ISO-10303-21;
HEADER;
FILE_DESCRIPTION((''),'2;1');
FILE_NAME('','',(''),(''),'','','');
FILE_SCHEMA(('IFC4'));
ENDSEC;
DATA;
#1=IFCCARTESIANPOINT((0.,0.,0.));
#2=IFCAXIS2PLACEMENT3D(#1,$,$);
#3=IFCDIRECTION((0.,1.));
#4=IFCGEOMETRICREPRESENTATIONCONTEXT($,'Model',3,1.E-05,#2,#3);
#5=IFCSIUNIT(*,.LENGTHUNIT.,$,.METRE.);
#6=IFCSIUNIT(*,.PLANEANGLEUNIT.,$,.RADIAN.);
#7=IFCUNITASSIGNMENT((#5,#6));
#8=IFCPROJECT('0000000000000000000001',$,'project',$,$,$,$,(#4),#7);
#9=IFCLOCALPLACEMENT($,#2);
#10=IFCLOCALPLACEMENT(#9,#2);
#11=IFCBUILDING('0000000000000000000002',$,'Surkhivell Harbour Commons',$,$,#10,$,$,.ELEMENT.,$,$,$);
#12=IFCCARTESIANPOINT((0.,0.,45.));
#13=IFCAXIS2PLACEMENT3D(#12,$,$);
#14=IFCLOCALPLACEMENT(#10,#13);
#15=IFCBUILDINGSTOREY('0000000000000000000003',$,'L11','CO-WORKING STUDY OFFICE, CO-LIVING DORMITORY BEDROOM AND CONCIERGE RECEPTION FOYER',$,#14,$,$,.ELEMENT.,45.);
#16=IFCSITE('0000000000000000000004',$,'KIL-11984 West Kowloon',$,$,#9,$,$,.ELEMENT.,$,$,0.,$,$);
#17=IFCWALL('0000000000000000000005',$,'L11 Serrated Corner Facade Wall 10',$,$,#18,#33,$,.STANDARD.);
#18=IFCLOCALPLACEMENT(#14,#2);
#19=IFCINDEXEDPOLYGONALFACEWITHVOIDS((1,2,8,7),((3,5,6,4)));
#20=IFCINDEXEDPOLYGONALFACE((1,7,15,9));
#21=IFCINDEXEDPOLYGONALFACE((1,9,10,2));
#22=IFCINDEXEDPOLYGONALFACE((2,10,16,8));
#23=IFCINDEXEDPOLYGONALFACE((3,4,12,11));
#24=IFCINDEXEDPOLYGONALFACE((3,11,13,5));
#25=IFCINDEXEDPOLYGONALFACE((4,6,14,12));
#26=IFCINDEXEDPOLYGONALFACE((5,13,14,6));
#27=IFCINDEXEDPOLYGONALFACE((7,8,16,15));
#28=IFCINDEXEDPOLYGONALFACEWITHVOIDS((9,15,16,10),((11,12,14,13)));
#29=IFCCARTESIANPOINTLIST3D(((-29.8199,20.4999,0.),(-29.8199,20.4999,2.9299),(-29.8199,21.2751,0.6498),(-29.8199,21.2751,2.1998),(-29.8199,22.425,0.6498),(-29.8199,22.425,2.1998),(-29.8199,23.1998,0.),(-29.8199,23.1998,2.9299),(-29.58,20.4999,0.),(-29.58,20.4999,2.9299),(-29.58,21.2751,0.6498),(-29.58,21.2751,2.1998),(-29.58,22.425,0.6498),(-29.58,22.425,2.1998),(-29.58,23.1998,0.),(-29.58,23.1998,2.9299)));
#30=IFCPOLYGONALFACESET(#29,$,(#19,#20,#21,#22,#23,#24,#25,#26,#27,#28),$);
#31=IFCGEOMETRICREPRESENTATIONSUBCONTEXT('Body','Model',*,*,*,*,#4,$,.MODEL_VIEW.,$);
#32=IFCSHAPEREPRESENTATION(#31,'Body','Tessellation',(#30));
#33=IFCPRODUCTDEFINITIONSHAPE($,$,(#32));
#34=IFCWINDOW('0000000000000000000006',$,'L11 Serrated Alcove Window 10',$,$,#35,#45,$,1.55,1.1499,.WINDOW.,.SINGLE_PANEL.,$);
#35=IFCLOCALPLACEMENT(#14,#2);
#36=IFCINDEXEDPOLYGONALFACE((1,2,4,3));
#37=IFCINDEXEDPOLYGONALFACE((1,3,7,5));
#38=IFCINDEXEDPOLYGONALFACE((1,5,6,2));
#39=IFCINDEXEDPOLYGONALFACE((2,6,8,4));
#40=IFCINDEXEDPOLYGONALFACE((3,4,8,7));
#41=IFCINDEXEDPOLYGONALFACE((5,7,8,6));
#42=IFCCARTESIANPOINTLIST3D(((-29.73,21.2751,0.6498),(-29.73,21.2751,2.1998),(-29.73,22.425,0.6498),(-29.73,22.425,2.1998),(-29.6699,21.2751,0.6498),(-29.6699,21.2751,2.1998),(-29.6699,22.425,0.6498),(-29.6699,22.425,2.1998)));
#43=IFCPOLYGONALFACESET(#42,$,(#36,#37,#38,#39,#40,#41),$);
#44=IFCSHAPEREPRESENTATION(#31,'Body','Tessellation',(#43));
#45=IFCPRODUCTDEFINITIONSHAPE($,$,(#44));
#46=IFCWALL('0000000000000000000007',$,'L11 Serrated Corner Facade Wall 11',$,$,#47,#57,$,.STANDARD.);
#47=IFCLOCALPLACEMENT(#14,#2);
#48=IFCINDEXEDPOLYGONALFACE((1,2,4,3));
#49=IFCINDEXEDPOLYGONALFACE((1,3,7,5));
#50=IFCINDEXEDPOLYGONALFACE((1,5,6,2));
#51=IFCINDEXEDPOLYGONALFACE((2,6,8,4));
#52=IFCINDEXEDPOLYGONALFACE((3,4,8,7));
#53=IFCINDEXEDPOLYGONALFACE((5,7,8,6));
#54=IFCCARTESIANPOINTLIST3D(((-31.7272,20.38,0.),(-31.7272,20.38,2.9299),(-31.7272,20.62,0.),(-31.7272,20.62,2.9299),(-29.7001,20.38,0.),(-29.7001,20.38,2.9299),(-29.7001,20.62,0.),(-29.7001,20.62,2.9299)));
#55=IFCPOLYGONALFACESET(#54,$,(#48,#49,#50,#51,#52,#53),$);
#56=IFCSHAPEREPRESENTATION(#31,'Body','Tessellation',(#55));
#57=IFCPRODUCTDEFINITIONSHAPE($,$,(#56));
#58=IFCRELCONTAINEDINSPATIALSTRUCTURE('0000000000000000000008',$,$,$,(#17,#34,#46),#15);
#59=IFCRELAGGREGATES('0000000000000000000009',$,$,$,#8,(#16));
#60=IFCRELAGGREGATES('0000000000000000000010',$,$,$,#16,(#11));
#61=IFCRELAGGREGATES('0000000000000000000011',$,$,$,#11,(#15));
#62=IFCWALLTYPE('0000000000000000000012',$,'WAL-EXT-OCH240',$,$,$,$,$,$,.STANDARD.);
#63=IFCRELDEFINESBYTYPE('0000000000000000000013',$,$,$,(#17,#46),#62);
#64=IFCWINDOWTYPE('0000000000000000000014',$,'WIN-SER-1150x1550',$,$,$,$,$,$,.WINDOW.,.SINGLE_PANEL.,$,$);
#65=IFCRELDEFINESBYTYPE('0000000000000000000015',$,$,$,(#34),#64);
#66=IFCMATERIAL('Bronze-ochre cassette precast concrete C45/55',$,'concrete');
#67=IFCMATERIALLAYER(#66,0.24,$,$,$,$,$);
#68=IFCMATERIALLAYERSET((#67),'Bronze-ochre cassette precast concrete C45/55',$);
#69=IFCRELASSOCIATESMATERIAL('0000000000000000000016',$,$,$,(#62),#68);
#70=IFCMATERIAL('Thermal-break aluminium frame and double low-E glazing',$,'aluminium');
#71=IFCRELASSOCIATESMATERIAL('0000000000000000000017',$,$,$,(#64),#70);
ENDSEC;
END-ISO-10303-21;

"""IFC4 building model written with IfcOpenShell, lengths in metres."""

from ifc_helpers import new_model, si_unit, direction, frame, frame_2d, origin, place, context, subcontext, project, spatial, rectangle, extrude, material, layer, layer_set, type_object, element, fill, save


model = new_model("IFC4")

# Units and contexts
model_context = context("Model", 3, precision=1e-05, world=origin(), true_north=direction((0.0, 1.0)))
body_context = subcontext(model_context, "Body", "Model", "MODEL_VIEW")
ifc_project = project(units=[si_unit("LENGTHUNIT", "METRE"), si_unit("PLANEANGLEUNIT", "RADIAN")], contexts=[model_context])

# Site, building, storey
site_placement = place(None, origin())
site = spatial("IfcSite", under=ifc_project, at=site_placement, Name="KIL-11984 West Kowloon", CompositionType="ELEMENT", RefElevation=0.0)
building_placement = place(site_placement, origin())
building = spatial("IfcBuilding", under=site, at=building_placement, Name="Surkhivell Harbour Commons", CompositionType="ELEMENT")
storey_placement = place(building_placement, frame((0.0, 0.0, 45.0)))
storey = spatial("IfcBuildingStorey", under=building, at=storey_placement, Name="L11", Description="CO-WORKING STUDY OFFICE, CO-LIVING DORMITORY BEDROOM AND CONCIERGE RECEPTION FOYER", CompositionType="ELEMENT", Elevation=45.0)

# Shared definitions
ifc_material_1 = material(Name="Bronze-ochre cassette precast concrete C45/55", Category="concrete")
ifc_layer_1 = layer(ifc_material_1, 0.24)
ifc_layer_set_1 = layer_set([ifc_layer_1], Name="Bronze-ochre cassette precast concrete C45/55")
wall_type = type_object("IfcWallType", Name="WAL-EXT-OCH240", PredefinedType="STANDARD", material=ifc_layer_set_1)

# Wall, opening, window
wall_1_placement = place(storey_placement, frame((-29.7, 23.2, 0.0), z_axis=(0.0, 0.0, 1.0), x_axis=(0.0, -1.0, 0.0)))
wall_1 = element("IfcWall", 1, at=wall_1_placement, inside=storey, type_object=wall_type, Name="L11 Serrated Corner Facade Wall 10", PredefinedType="STANDARD", context=body_context, shape_type="SweptSolid", body=[
    extrude(rectangle(XDim=2.7, YDim=0.24, at=frame_2d((1.3501, 0.0))), origin(), (0.0, 0.0, 1.0), 2.9299),
])
opening_placement = place(wall_1_placement, frame((0.7749, 0.0, 0.6499)))
opening = element("IfcOpeningElement", 2, at=opening_placement, cuts=wall_1, PredefinedType="OPENING", context=body_context, shape_type="SweptSolid", body=[
    extrude(rectangle(XDim=1.1499, YDim=1.55, at=frame_2d((0.575, 0.7749))), frame((0.0, 0.1299, 0.0), z_axis=(0.0, -1.0, 0.0), x_axis=(1.0, 0.0, 0.0)), (0.0, 0.0, 1.0), 0.26),
])
ifc_material_2 = material(Name="Thermal-break aluminium frame and double low-E glazing", Category="aluminium")
window_type = type_object("IfcWindowType", Name="WIN-SER-1150x1550", PartitioningType="SINGLE_PANEL", PredefinedType="WINDOW", material=ifc_material_2)
window_placement = place(opening_placement, origin())
window = element("IfcWindow", 3, at=window_placement, inside=storey, type_object=window_type, Name="L11 Serrated Alcove Window 10", OverallHeight=1.55, OverallWidth=1.1499, PartitioningType="SINGLE_PANEL", PredefinedType="WINDOW", context=body_context, shape_type="SweptSolid", body=[
    extrude(rectangle(XDim=1.1499, YDim=1.55, at=frame_2d((0.575, 0.7749))), frame((0.0, 0.03, 0.0), z_axis=(0.0, -1.0, 0.0), x_axis=(1.0, 0.0, 0.0)), (0.0, 0.0, 1.0), 0.0601),
])
fill(opening, window)

# Wall
wall_2_placement = place(storey_placement, frame((-29.7, 20.5, 0.0), z_axis=(0.0, 0.0, 1.0), x_axis=(-1.0, 0.0, 0.0)))
element("IfcWall", 4, at=wall_2_placement, inside=storey, type_object=wall_type, Name="L11 Serrated Corner Facade Wall 11", PredefinedType="STANDARD", context=body_context, shape_type="SweptSolid", body=[
    extrude(rectangle(XDim=2.0271, YDim=0.24, at=frame_2d((1.0137, 0.0))), origin(), (0.0, 0.0, 1.0), 2.9299),
])

save(model, "model.ifc")
